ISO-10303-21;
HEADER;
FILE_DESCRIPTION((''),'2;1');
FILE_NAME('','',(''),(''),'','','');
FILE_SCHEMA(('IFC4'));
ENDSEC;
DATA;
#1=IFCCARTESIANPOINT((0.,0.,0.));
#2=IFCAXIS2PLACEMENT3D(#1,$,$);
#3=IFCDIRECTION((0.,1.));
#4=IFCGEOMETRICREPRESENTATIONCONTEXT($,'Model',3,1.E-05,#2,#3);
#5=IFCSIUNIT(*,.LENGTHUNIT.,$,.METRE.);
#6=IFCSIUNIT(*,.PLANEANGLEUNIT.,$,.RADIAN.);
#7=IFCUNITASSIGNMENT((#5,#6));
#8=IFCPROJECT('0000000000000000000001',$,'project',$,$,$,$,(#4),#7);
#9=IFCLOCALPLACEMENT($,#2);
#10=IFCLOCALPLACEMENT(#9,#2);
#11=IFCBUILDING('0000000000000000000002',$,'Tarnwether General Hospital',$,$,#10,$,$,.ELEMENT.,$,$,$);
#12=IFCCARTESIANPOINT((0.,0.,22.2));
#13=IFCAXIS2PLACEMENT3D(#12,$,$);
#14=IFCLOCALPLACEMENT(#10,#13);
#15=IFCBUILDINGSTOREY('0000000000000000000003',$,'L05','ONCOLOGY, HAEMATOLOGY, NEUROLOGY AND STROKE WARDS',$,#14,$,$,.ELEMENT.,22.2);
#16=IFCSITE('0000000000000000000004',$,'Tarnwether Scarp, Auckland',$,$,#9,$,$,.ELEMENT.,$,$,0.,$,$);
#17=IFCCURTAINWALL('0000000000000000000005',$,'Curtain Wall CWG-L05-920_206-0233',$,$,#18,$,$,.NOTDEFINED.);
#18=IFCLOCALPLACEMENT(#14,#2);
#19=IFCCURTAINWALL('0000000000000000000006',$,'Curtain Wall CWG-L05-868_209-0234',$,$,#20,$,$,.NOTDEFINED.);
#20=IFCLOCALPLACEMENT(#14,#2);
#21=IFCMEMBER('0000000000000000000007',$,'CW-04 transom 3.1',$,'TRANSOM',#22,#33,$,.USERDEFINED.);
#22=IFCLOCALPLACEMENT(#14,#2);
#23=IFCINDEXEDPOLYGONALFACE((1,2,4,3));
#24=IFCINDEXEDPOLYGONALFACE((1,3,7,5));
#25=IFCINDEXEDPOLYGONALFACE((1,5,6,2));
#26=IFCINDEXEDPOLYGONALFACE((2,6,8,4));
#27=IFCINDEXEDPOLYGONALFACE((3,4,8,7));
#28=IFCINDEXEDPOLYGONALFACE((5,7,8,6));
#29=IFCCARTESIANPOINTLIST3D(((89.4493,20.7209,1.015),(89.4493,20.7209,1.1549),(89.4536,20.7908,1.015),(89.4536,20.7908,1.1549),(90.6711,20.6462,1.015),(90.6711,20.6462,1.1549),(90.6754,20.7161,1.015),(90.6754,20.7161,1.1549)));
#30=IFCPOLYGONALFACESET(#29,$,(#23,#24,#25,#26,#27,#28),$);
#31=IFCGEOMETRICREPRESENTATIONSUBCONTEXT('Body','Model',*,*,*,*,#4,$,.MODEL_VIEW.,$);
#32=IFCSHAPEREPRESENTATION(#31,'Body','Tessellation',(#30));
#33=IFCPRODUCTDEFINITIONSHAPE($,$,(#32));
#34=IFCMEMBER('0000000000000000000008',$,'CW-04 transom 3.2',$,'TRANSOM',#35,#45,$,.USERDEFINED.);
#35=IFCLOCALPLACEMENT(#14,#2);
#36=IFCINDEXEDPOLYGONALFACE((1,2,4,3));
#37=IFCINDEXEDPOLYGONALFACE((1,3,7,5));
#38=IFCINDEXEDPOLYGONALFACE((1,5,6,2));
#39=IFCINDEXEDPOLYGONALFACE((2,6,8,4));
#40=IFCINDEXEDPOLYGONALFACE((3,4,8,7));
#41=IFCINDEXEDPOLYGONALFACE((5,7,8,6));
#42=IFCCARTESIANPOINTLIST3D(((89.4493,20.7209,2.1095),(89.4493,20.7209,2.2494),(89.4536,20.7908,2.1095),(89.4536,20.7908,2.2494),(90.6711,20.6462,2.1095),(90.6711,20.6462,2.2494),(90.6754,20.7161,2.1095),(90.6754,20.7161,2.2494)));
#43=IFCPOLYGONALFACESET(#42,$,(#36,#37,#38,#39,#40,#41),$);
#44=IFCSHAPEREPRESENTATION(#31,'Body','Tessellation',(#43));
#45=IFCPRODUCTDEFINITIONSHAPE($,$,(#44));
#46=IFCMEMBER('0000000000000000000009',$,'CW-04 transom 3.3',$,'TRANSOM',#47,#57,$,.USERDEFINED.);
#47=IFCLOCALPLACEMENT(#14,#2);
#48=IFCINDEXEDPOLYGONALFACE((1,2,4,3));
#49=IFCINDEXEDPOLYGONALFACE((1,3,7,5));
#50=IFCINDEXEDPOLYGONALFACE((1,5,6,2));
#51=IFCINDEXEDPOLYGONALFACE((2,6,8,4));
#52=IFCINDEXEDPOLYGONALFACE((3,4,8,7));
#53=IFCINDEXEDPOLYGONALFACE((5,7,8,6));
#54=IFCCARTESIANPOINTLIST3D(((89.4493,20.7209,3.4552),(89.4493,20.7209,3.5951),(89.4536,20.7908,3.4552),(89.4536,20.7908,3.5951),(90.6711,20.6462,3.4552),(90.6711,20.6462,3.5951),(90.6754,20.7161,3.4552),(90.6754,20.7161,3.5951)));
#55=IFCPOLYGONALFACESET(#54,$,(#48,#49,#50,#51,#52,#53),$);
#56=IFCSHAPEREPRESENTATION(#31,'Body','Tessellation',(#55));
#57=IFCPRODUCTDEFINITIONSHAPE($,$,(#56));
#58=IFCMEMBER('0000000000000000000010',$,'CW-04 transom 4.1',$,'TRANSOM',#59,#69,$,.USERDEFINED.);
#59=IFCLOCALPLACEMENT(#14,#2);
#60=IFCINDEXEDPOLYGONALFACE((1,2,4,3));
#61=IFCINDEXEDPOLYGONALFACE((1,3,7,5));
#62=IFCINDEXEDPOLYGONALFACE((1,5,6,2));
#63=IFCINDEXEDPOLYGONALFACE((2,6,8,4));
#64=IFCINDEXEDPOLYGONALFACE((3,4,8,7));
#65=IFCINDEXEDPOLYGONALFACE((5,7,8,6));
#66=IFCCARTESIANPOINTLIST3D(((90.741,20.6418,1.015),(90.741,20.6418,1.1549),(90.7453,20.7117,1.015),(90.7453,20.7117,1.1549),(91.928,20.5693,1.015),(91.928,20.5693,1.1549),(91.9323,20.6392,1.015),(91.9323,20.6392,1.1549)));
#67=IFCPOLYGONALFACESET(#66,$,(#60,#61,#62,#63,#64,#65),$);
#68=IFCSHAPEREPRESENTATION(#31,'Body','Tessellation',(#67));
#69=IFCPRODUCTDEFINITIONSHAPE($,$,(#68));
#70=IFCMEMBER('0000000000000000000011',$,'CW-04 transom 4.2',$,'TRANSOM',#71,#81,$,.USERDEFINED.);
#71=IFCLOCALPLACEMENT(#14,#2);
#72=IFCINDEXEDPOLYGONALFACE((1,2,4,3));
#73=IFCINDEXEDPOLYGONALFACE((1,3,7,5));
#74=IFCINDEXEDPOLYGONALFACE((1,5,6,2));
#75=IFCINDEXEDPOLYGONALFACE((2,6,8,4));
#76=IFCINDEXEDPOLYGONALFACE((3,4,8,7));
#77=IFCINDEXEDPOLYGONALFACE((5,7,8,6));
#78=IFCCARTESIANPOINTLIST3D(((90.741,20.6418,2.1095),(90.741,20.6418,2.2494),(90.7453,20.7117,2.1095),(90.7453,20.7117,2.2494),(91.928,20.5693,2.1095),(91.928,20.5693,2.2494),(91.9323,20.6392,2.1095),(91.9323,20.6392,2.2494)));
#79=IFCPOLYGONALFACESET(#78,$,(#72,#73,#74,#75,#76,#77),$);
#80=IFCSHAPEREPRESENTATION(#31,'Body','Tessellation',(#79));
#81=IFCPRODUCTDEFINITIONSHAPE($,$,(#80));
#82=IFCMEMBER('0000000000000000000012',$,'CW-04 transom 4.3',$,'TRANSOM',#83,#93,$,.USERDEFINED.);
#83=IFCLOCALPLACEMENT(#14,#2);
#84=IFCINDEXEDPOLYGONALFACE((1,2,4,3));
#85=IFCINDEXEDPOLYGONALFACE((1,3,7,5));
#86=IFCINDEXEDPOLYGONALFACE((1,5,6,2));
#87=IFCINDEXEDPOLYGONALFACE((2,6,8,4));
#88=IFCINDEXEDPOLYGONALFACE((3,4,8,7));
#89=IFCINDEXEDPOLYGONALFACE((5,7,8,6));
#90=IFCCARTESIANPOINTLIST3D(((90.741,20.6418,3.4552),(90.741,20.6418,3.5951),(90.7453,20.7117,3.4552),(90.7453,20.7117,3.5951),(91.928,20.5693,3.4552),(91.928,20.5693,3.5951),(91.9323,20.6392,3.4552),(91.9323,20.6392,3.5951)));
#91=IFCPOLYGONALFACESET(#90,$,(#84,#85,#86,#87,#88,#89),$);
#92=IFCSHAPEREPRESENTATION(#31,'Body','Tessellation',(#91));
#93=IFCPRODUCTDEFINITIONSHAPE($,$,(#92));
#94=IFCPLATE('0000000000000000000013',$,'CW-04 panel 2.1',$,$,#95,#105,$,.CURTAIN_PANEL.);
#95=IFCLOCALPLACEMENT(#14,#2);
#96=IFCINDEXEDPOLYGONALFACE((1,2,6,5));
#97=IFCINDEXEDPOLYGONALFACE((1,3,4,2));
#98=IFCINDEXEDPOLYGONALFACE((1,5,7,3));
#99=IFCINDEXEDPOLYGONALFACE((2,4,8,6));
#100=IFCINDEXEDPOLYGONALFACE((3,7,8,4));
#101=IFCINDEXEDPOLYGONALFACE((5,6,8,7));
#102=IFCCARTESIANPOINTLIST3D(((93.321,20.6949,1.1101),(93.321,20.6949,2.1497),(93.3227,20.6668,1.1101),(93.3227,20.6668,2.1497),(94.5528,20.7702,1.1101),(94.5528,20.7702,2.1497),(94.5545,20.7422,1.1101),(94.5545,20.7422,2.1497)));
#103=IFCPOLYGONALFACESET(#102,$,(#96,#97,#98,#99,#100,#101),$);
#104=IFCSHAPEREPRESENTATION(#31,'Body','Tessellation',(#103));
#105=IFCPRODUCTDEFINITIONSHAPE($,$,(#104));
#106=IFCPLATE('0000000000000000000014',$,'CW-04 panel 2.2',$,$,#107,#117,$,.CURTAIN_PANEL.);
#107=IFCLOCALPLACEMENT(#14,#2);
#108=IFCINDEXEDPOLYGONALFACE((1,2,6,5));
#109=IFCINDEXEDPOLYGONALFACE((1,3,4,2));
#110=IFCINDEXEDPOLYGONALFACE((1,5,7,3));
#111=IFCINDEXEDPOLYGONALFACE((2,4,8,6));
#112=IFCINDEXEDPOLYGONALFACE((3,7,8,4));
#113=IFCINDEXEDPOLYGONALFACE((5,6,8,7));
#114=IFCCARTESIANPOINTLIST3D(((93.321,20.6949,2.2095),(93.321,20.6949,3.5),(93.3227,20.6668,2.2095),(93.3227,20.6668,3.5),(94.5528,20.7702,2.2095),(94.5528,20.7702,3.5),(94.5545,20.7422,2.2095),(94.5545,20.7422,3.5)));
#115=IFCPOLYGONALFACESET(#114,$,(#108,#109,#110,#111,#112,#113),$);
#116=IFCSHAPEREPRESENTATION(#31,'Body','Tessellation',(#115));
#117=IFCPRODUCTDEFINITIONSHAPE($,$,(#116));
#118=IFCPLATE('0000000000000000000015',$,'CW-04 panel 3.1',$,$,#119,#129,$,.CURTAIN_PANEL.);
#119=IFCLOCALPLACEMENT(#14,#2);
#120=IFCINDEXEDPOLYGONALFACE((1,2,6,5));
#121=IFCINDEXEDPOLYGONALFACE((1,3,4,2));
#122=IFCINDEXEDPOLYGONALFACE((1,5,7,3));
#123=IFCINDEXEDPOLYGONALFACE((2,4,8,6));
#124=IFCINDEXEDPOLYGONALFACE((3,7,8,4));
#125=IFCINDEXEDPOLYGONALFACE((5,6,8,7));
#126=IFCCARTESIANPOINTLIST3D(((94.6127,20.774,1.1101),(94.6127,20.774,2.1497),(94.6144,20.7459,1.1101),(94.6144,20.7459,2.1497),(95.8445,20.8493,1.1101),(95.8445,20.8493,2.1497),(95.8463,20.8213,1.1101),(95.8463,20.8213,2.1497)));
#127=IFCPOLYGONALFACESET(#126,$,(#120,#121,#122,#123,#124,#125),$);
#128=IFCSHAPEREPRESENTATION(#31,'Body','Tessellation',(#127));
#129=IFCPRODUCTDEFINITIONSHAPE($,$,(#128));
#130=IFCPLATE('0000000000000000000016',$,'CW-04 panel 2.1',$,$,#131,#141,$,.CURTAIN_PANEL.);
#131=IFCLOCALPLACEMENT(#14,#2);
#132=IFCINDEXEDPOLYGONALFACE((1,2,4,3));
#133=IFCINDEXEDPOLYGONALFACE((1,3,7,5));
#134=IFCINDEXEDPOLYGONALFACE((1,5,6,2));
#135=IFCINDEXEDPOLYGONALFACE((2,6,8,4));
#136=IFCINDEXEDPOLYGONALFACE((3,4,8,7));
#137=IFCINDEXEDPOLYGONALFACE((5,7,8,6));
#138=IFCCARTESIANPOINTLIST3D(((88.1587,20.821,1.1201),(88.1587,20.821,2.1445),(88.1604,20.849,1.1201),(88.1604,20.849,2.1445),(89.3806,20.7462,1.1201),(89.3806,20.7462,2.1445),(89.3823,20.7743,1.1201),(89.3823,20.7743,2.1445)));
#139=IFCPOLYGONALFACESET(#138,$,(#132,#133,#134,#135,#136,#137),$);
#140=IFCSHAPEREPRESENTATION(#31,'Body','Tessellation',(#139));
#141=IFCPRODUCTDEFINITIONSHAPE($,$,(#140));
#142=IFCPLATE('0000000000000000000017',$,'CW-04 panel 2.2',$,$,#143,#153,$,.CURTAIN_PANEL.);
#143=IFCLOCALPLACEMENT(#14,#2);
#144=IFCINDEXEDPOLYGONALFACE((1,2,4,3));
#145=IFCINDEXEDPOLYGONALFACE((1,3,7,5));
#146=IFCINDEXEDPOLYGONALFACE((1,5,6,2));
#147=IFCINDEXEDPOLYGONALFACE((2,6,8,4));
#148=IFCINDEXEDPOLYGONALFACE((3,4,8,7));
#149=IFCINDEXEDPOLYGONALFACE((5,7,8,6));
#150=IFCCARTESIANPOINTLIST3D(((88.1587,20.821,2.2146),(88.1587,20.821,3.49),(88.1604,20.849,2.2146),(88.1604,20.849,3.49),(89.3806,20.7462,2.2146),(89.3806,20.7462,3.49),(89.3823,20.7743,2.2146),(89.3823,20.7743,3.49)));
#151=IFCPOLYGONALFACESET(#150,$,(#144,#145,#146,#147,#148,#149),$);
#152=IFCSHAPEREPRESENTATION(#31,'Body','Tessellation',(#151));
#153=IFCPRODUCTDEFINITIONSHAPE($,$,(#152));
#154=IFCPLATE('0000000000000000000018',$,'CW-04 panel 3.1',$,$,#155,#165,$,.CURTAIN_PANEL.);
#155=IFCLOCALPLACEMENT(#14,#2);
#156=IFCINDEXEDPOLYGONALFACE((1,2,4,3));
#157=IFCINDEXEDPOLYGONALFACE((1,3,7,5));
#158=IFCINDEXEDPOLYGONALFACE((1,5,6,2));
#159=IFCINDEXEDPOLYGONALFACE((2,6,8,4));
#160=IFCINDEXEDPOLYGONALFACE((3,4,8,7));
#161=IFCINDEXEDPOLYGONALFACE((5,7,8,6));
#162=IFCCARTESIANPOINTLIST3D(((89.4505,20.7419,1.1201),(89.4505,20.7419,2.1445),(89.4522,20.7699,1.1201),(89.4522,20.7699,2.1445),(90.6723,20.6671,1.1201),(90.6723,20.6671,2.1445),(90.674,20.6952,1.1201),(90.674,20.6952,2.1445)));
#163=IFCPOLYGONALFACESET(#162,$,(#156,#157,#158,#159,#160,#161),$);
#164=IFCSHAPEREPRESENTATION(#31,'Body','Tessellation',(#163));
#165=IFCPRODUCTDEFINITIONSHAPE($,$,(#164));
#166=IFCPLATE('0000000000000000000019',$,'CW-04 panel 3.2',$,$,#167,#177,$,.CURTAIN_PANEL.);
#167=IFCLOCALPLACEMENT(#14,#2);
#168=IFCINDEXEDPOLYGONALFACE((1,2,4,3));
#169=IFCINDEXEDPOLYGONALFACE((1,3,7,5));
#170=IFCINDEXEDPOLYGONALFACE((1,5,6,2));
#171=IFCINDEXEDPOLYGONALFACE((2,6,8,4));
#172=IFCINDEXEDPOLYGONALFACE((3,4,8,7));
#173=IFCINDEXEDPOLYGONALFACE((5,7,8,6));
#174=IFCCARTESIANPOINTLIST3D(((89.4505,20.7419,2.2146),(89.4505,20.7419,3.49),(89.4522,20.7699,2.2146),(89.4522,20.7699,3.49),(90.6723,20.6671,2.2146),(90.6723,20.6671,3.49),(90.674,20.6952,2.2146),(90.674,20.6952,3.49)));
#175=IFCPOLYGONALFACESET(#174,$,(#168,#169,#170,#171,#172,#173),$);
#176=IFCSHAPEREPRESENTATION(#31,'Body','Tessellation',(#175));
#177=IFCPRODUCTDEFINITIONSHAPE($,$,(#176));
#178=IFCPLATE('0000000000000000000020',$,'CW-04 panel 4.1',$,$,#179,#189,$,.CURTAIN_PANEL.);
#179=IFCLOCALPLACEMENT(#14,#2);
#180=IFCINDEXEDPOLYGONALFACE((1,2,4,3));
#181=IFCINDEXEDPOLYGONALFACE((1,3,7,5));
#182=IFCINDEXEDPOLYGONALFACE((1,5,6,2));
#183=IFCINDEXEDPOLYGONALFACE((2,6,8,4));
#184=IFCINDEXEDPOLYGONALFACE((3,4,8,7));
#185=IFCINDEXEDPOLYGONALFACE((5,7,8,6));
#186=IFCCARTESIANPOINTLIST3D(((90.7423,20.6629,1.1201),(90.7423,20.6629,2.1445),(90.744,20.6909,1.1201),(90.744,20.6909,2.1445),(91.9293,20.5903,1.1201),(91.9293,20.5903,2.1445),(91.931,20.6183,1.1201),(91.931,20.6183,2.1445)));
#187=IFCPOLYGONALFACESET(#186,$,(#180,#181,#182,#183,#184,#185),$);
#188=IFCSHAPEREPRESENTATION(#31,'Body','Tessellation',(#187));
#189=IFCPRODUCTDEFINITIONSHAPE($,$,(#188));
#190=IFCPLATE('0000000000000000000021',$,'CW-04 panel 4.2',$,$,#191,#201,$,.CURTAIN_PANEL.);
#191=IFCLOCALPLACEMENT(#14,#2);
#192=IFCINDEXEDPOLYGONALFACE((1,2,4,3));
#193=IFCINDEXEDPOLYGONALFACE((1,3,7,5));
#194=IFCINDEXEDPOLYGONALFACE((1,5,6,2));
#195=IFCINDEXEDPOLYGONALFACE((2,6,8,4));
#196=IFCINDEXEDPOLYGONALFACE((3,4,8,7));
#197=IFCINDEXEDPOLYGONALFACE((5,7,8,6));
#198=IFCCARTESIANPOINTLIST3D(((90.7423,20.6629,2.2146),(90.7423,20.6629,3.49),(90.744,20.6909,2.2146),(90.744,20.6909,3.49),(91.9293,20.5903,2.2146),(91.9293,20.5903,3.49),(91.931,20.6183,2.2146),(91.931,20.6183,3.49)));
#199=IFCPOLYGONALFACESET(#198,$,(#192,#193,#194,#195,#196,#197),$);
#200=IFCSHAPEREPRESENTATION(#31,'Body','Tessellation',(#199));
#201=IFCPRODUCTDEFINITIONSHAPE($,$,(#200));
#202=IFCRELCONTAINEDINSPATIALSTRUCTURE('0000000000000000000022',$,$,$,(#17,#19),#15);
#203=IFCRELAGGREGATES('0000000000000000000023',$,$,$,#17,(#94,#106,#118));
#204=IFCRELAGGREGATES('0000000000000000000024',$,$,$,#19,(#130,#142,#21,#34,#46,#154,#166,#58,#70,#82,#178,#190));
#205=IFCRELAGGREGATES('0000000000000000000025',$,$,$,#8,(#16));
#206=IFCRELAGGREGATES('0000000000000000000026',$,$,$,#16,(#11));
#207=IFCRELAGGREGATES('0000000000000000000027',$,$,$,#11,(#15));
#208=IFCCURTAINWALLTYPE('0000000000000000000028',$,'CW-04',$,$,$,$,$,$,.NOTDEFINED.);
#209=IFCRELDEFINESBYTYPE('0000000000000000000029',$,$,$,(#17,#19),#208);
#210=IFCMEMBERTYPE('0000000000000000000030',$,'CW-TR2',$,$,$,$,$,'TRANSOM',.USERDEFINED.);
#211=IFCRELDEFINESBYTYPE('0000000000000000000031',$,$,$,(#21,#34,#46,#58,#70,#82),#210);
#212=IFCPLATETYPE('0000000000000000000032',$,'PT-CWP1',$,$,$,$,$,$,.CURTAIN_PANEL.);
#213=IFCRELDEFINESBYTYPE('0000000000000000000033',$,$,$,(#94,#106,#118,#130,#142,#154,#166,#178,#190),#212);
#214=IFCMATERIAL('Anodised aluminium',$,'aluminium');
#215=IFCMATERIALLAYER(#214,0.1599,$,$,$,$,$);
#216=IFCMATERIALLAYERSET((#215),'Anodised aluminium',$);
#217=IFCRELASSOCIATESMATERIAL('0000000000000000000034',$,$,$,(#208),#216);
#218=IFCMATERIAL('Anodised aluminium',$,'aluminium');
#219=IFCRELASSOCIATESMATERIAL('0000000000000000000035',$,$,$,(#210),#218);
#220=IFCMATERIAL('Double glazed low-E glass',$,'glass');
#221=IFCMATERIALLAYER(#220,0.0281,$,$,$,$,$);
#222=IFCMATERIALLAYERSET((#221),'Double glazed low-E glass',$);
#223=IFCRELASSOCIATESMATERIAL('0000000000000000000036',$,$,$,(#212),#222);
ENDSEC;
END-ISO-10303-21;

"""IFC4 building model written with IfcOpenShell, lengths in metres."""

from ifc_helpers import new_model, si_unit, direction, frame, origin, origin_2d, place, context, subcontext, project, spatial, rectangle, extrude, material, layer, layer_set, material_profile, profile_set, type_object, element, aggregate, save


model = new_model("IFC4")

# Units and contexts
model_context = context("Model", 3, precision=1e-05, world=origin(), true_north=direction((0.0, 1.0)))
body_context = subcontext(model_context, "Body", "Model", "MODEL_VIEW")
ifc_project = project(units=[si_unit("LENGTHUNIT", "METRE"), si_unit("PLANEANGLEUNIT", "RADIAN")], contexts=[model_context])

# Site, building, storey
site_placement = place(None, origin())
site = spatial("IfcSite", under=ifc_project, at=site_placement, Name="Tarnwether Scarp, Auckland", CompositionType="ELEMENT", RefElevation=0.0)
building_placement = place(site_placement, origin())
building = spatial("IfcBuilding", under=site, at=building_placement, Name="Tarnwether General Hospital", CompositionType="ELEMENT")
storey_placement = place(building_placement, frame((0.0, 0.0, 22.2)))
storey = spatial("IfcBuildingStorey", under=building, at=storey_placement, Name="L05", Description="ONCOLOGY, HAEMATOLOGY, NEUROLOGY AND STROKE WARDS", CompositionType="ELEMENT", Elevation=22.2)

# Curtain walls
ifc_material_1 = material(Name="Anodised aluminium", Category="aluminium")
ifc_layer_1 = layer(ifc_material_1, 0.1599)
ifc_layer_set_1 = layer_set([ifc_layer_1], Name="Anodised aluminium")
curtain_wall_type = type_object("IfcCurtainWallType", Name="CW-04", PredefinedType="NOTDEFINED", material=ifc_layer_set_1)
curtain_wall_1_placement = place(storey_placement, origin())
curtain_wall_1 = element("IfcCurtainWall", 1, at=curtain_wall_1_placement, inside=storey, type_object=curtain_wall_type, Name="Curtain Wall CWG-L05-920_206-0233", PredefinedType="NOTDEFINED")
curtain_wall_2_placement = place(storey_placement, origin())
curtain_wall_2 = element("IfcCurtainWall", 2, at=curtain_wall_2_placement, inside=storey, type_object=curtain_wall_type, Name="Curtain Wall CWG-L05-868_209-0234", PredefinedType="NOTDEFINED")

# Members
ifc_material_2 = material(Name="Anodised aluminium", Category="aluminium")
ifc_material_profile_1 = material_profile(ifc_material_2, rectangle(XDim=0.0701, YDim=0.1399, at=origin_2d()), Name="ALU-TRN-70x140")
ifc_profile_set_1 = profile_set([ifc_material_profile_1], Name="Anodised aluminium")
member_type_1 = type_object("IfcMemberType", Name="CW-TR2", ElementType="TRANSOM", PredefinedType="USERDEFINED", material=ifc_profile_set_1)
member_1_placement = place(storey_placement, frame((89.4514, 20.7559, 1.085), z_axis=(0.998136, -0.061025, 0.0), x_axis=(0.061025, 0.998136, 0.0)))
member_1 = element("IfcMember", 3, at=member_1_placement, type_object=member_type_1, Name="CW-04 transom 3.1", ObjectType="TRANSOM", PredefinedType="USERDEFINED", context=body_context, shape_type="SweptSolid", body=[
    extrude(rectangle(XDim=0.0701, YDim=0.1399, at=origin_2d()), origin(), (0.0, 0.0, 1.0), 1.2241),
])
member_2_placement = place(storey_placement, frame((89.4514, 20.7559, 2.1794), z_axis=(0.998136, -0.061025, 0.0), x_axis=(0.061025, 0.998136, 0.0)))
member_2 = element("IfcMember", 4, at=member_2_placement, type_object=member_type_1, Name="CW-04 transom 3.2", ObjectType="TRANSOM", PredefinedType="USERDEFINED", context=body_context, shape_type="SweptSolid", body=[
    extrude(rectangle(XDim=0.0701, YDim=0.1399, at=origin_2d()), origin(), (0.0, 0.0, 1.0), 1.2241),
])
member_3_placement = place(storey_placement, frame((89.4514, 20.7559, 3.5251), z_axis=(0.998136, -0.061025, 0.0), x_axis=(0.061025, 0.998136, 0.0)))
member_3 = element("IfcMember", 5, at=member_3_placement, type_object=member_type_1, Name="CW-04 transom 3.3", ObjectType="TRANSOM", PredefinedType="USERDEFINED", context=body_context, shape_type="SweptSolid", body=[
    extrude(rectangle(XDim=0.0701, YDim=0.1399, at=origin_2d()), origin(), (0.0, 0.0, 1.0), 1.2241),
])
member_4_placement = place(storey_placement, frame((90.7432, 20.6768, 1.085), z_axis=(0.998139, -0.060972, 0.0), x_axis=(0.060972, 0.998139, 0.0)))
member_4 = element("IfcMember", 6, at=member_4_placement, type_object=member_type_1, Name="CW-04 transom 4.1", ObjectType="TRANSOM", PredefinedType="USERDEFINED", context=body_context, shape_type="SweptSolid", body=[
    extrude(rectangle(XDim=0.0701, YDim=0.1399, at=origin_2d()), origin(), (0.0, 0.0, 1.0), 1.1892),
])
member_5_placement = place(storey_placement, frame((90.7432, 20.6768, 2.1794), z_axis=(0.998139, -0.060972, 0.0), x_axis=(0.060972, 0.998139, 0.0)))
member_5 = element("IfcMember", 7, at=member_5_placement, type_object=member_type_1, Name="CW-04 transom 4.2", ObjectType="TRANSOM", PredefinedType="USERDEFINED", context=body_context, shape_type="SweptSolid", body=[
    extrude(rectangle(XDim=0.0701, YDim=0.1399, at=origin_2d()), origin(), (0.0, 0.0, 1.0), 1.1892),
])
member_6_placement = place(storey_placement, frame((90.7432, 20.6768, 3.5251), z_axis=(0.998139, -0.060972, 0.0), x_axis=(0.060972, 0.998139, 0.0)))
member_6 = element("IfcMember", 8, at=member_6_placement, type_object=member_type_1, Name="CW-04 transom 4.3", ObjectType="TRANSOM", PredefinedType="USERDEFINED", context=body_context, shape_type="SweptSolid", body=[
    extrude(rectangle(XDim=0.0701, YDim=0.1399, at=origin_2d()), origin(), (0.0, 0.0, 1.0), 1.1892),
])

# Plates
ifc_material_3 = material(Name="Double glazed low-E glass", Category="glass")
ifc_layer_2 = layer(ifc_material_3, 0.0281)
ifc_layer_set_2 = layer_set([ifc_layer_2], Name="Double glazed low-E glass")
plate_type = type_object("IfcPlateType", Name="PT-CWP1", PredefinedType="CURTAIN_PANEL", material=ifc_layer_set_2)
plate_1_placement = place(storey_placement, frame((93.9377, 20.7185, 1.1101), z_axis=(0.0, 0.0, 1.0), x_axis=(0.998135, 0.061043, 0.0)))
plate_1 = element("IfcPlate", 9, at=plate_1_placement, type_object=plate_type, Name="CW-04 panel 2.1", PredefinedType="CURTAIN_PANEL", context=body_context, shape_type="SweptSolid", body=[
    extrude(rectangle(XDim=1.2341, YDim=0.0281, at=origin_2d()), origin(), (0.0, 0.0, 1.0), 1.0396),
])
plate_2_placement = place(storey_placement, frame((93.9377, 20.7185, 2.2095), z_axis=(0.0, 0.0, 1.0), x_axis=(0.998135, 0.061043, 0.0)))
plate_2 = element("IfcPlate", 10, at=plate_2_placement, type_object=plate_type, Name="CW-04 panel 2.2", PredefinedType="CURTAIN_PANEL", context=body_context, shape_type="SweptSolid", body=[
    extrude(rectangle(XDim=1.2341, YDim=0.0281, at=origin_2d()), origin(), (0.0, 0.0, 1.0), 1.2905),
])
plate_3_placement = place(storey_placement, frame((95.2295, 20.7976, 1.1101), z_axis=(0.0, 0.0, 1.0), x_axis=(0.998135, 0.061043, 0.0)))
plate_3 = element("IfcPlate", 11, at=plate_3_placement, type_object=plate_type, Name="CW-04 panel 3.1", PredefinedType="CURTAIN_PANEL", context=body_context, shape_type="SweptSolid", body=[
    extrude(rectangle(XDim=1.2341, YDim=0.0281, at=origin_2d()), origin(), (0.0, 0.0, 1.0), 1.0396),
])
aggregate(curtain_wall_1, [plate_1, plate_2, plate_3])
plate_4_placement = place(storey_placement, frame((88.7705, 20.7976, 1.1201), z_axis=(0.0, 0.0, 1.0), x_axis=(0.998135, -0.061043, 0.0)))
plate_4 = element("IfcPlate", 12, at=plate_4_placement, type_object=plate_type, Name="CW-04 panel 2.1", PredefinedType="CURTAIN_PANEL", context=body_context, shape_type="SweptSolid", body=[
    extrude(rectangle(XDim=1.2241, YDim=0.0281, at=origin_2d()), origin(), (0.0, 0.0, 1.0), 1.0244),
])
plate_5_placement = place(storey_placement, frame((88.7705, 20.7976, 2.2146), z_axis=(0.0, 0.0, 1.0), x_axis=(0.998135, -0.061043, 0.0)))
plate_5 = element("IfcPlate", 13, at=plate_5_placement, type_object=plate_type, Name="CW-04 panel 2.2", PredefinedType="CURTAIN_PANEL", context=body_context, shape_type="SweptSolid", body=[
    extrude(rectangle(XDim=1.2241, YDim=0.0281, at=origin_2d()), origin(), (0.0, 0.0, 1.0), 1.2754),
])
plate_6_placement = place(storey_placement, frame((90.0623, 20.7185, 1.1201), z_axis=(0.0, 0.0, 1.0), x_axis=(0.998135, -0.061043, 0.0)))
plate_6 = element("IfcPlate", 14, at=plate_6_placement, type_object=plate_type, Name="CW-04 panel 3.1", PredefinedType="CURTAIN_PANEL", context=body_context, shape_type="SweptSolid", body=[
    extrude(rectangle(XDim=1.2241, YDim=0.0281, at=origin_2d()), origin(), (0.0, 0.0, 1.0), 1.0244),
])
plate_7_placement = place(storey_placement, frame((90.0623, 20.7185, 2.2146), z_axis=(0.0, 0.0, 1.0), x_axis=(0.998135, -0.061043, 0.0)))
plate_7 = element("IfcPlate", 15, at=plate_7_placement, type_object=plate_type, Name="CW-04 panel 3.2", PredefinedType="CURTAIN_PANEL", context=body_context, shape_type="SweptSolid", body=[
    extrude(rectangle(XDim=1.2241, YDim=0.0281, at=origin_2d()), origin(), (0.0, 0.0, 1.0), 1.2754),
])
plate_8_placement = place(storey_placement, frame((91.3367, 20.6406, 1.1201), z_axis=(0.0, 0.0, 1.0), x_axis=(0.998135, -0.061043, 0.0)))
plate_8 = element("IfcPlate", 16, at=plate_8_placement, type_object=plate_type, Name="CW-04 panel 4.1", PredefinedType="CURTAIN_PANEL", context=body_context, shape_type="SweptSolid", body=[
    extrude(rectangle(XDim=1.1892, YDim=0.0281, at=origin_2d()), origin(), (0.0, 0.0, 1.0), 1.0244),
])
plate_9_placement = place(storey_placement, frame((91.3367, 20.6406, 2.2146), z_axis=(0.0, 0.0, 1.0), x_axis=(0.998135, -0.061043, 0.0)))
plate_9 = element("IfcPlate", 17, at=plate_9_placement, type_object=plate_type, Name="CW-04 panel 4.2", PredefinedType="CURTAIN_PANEL", context=body_context, shape_type="SweptSolid", body=[
    extrude(rectangle(XDim=1.1892, YDim=0.0281, at=origin_2d()), origin(), (0.0, 0.0, 1.0), 1.2754),
])
aggregate(curtain_wall_2, [plate_4, plate_5, member_1, member_2, member_3, plate_6, plate_7, member_4, member_5, member_6, plate_8, plate_9])

save(model, "model.ifc")
